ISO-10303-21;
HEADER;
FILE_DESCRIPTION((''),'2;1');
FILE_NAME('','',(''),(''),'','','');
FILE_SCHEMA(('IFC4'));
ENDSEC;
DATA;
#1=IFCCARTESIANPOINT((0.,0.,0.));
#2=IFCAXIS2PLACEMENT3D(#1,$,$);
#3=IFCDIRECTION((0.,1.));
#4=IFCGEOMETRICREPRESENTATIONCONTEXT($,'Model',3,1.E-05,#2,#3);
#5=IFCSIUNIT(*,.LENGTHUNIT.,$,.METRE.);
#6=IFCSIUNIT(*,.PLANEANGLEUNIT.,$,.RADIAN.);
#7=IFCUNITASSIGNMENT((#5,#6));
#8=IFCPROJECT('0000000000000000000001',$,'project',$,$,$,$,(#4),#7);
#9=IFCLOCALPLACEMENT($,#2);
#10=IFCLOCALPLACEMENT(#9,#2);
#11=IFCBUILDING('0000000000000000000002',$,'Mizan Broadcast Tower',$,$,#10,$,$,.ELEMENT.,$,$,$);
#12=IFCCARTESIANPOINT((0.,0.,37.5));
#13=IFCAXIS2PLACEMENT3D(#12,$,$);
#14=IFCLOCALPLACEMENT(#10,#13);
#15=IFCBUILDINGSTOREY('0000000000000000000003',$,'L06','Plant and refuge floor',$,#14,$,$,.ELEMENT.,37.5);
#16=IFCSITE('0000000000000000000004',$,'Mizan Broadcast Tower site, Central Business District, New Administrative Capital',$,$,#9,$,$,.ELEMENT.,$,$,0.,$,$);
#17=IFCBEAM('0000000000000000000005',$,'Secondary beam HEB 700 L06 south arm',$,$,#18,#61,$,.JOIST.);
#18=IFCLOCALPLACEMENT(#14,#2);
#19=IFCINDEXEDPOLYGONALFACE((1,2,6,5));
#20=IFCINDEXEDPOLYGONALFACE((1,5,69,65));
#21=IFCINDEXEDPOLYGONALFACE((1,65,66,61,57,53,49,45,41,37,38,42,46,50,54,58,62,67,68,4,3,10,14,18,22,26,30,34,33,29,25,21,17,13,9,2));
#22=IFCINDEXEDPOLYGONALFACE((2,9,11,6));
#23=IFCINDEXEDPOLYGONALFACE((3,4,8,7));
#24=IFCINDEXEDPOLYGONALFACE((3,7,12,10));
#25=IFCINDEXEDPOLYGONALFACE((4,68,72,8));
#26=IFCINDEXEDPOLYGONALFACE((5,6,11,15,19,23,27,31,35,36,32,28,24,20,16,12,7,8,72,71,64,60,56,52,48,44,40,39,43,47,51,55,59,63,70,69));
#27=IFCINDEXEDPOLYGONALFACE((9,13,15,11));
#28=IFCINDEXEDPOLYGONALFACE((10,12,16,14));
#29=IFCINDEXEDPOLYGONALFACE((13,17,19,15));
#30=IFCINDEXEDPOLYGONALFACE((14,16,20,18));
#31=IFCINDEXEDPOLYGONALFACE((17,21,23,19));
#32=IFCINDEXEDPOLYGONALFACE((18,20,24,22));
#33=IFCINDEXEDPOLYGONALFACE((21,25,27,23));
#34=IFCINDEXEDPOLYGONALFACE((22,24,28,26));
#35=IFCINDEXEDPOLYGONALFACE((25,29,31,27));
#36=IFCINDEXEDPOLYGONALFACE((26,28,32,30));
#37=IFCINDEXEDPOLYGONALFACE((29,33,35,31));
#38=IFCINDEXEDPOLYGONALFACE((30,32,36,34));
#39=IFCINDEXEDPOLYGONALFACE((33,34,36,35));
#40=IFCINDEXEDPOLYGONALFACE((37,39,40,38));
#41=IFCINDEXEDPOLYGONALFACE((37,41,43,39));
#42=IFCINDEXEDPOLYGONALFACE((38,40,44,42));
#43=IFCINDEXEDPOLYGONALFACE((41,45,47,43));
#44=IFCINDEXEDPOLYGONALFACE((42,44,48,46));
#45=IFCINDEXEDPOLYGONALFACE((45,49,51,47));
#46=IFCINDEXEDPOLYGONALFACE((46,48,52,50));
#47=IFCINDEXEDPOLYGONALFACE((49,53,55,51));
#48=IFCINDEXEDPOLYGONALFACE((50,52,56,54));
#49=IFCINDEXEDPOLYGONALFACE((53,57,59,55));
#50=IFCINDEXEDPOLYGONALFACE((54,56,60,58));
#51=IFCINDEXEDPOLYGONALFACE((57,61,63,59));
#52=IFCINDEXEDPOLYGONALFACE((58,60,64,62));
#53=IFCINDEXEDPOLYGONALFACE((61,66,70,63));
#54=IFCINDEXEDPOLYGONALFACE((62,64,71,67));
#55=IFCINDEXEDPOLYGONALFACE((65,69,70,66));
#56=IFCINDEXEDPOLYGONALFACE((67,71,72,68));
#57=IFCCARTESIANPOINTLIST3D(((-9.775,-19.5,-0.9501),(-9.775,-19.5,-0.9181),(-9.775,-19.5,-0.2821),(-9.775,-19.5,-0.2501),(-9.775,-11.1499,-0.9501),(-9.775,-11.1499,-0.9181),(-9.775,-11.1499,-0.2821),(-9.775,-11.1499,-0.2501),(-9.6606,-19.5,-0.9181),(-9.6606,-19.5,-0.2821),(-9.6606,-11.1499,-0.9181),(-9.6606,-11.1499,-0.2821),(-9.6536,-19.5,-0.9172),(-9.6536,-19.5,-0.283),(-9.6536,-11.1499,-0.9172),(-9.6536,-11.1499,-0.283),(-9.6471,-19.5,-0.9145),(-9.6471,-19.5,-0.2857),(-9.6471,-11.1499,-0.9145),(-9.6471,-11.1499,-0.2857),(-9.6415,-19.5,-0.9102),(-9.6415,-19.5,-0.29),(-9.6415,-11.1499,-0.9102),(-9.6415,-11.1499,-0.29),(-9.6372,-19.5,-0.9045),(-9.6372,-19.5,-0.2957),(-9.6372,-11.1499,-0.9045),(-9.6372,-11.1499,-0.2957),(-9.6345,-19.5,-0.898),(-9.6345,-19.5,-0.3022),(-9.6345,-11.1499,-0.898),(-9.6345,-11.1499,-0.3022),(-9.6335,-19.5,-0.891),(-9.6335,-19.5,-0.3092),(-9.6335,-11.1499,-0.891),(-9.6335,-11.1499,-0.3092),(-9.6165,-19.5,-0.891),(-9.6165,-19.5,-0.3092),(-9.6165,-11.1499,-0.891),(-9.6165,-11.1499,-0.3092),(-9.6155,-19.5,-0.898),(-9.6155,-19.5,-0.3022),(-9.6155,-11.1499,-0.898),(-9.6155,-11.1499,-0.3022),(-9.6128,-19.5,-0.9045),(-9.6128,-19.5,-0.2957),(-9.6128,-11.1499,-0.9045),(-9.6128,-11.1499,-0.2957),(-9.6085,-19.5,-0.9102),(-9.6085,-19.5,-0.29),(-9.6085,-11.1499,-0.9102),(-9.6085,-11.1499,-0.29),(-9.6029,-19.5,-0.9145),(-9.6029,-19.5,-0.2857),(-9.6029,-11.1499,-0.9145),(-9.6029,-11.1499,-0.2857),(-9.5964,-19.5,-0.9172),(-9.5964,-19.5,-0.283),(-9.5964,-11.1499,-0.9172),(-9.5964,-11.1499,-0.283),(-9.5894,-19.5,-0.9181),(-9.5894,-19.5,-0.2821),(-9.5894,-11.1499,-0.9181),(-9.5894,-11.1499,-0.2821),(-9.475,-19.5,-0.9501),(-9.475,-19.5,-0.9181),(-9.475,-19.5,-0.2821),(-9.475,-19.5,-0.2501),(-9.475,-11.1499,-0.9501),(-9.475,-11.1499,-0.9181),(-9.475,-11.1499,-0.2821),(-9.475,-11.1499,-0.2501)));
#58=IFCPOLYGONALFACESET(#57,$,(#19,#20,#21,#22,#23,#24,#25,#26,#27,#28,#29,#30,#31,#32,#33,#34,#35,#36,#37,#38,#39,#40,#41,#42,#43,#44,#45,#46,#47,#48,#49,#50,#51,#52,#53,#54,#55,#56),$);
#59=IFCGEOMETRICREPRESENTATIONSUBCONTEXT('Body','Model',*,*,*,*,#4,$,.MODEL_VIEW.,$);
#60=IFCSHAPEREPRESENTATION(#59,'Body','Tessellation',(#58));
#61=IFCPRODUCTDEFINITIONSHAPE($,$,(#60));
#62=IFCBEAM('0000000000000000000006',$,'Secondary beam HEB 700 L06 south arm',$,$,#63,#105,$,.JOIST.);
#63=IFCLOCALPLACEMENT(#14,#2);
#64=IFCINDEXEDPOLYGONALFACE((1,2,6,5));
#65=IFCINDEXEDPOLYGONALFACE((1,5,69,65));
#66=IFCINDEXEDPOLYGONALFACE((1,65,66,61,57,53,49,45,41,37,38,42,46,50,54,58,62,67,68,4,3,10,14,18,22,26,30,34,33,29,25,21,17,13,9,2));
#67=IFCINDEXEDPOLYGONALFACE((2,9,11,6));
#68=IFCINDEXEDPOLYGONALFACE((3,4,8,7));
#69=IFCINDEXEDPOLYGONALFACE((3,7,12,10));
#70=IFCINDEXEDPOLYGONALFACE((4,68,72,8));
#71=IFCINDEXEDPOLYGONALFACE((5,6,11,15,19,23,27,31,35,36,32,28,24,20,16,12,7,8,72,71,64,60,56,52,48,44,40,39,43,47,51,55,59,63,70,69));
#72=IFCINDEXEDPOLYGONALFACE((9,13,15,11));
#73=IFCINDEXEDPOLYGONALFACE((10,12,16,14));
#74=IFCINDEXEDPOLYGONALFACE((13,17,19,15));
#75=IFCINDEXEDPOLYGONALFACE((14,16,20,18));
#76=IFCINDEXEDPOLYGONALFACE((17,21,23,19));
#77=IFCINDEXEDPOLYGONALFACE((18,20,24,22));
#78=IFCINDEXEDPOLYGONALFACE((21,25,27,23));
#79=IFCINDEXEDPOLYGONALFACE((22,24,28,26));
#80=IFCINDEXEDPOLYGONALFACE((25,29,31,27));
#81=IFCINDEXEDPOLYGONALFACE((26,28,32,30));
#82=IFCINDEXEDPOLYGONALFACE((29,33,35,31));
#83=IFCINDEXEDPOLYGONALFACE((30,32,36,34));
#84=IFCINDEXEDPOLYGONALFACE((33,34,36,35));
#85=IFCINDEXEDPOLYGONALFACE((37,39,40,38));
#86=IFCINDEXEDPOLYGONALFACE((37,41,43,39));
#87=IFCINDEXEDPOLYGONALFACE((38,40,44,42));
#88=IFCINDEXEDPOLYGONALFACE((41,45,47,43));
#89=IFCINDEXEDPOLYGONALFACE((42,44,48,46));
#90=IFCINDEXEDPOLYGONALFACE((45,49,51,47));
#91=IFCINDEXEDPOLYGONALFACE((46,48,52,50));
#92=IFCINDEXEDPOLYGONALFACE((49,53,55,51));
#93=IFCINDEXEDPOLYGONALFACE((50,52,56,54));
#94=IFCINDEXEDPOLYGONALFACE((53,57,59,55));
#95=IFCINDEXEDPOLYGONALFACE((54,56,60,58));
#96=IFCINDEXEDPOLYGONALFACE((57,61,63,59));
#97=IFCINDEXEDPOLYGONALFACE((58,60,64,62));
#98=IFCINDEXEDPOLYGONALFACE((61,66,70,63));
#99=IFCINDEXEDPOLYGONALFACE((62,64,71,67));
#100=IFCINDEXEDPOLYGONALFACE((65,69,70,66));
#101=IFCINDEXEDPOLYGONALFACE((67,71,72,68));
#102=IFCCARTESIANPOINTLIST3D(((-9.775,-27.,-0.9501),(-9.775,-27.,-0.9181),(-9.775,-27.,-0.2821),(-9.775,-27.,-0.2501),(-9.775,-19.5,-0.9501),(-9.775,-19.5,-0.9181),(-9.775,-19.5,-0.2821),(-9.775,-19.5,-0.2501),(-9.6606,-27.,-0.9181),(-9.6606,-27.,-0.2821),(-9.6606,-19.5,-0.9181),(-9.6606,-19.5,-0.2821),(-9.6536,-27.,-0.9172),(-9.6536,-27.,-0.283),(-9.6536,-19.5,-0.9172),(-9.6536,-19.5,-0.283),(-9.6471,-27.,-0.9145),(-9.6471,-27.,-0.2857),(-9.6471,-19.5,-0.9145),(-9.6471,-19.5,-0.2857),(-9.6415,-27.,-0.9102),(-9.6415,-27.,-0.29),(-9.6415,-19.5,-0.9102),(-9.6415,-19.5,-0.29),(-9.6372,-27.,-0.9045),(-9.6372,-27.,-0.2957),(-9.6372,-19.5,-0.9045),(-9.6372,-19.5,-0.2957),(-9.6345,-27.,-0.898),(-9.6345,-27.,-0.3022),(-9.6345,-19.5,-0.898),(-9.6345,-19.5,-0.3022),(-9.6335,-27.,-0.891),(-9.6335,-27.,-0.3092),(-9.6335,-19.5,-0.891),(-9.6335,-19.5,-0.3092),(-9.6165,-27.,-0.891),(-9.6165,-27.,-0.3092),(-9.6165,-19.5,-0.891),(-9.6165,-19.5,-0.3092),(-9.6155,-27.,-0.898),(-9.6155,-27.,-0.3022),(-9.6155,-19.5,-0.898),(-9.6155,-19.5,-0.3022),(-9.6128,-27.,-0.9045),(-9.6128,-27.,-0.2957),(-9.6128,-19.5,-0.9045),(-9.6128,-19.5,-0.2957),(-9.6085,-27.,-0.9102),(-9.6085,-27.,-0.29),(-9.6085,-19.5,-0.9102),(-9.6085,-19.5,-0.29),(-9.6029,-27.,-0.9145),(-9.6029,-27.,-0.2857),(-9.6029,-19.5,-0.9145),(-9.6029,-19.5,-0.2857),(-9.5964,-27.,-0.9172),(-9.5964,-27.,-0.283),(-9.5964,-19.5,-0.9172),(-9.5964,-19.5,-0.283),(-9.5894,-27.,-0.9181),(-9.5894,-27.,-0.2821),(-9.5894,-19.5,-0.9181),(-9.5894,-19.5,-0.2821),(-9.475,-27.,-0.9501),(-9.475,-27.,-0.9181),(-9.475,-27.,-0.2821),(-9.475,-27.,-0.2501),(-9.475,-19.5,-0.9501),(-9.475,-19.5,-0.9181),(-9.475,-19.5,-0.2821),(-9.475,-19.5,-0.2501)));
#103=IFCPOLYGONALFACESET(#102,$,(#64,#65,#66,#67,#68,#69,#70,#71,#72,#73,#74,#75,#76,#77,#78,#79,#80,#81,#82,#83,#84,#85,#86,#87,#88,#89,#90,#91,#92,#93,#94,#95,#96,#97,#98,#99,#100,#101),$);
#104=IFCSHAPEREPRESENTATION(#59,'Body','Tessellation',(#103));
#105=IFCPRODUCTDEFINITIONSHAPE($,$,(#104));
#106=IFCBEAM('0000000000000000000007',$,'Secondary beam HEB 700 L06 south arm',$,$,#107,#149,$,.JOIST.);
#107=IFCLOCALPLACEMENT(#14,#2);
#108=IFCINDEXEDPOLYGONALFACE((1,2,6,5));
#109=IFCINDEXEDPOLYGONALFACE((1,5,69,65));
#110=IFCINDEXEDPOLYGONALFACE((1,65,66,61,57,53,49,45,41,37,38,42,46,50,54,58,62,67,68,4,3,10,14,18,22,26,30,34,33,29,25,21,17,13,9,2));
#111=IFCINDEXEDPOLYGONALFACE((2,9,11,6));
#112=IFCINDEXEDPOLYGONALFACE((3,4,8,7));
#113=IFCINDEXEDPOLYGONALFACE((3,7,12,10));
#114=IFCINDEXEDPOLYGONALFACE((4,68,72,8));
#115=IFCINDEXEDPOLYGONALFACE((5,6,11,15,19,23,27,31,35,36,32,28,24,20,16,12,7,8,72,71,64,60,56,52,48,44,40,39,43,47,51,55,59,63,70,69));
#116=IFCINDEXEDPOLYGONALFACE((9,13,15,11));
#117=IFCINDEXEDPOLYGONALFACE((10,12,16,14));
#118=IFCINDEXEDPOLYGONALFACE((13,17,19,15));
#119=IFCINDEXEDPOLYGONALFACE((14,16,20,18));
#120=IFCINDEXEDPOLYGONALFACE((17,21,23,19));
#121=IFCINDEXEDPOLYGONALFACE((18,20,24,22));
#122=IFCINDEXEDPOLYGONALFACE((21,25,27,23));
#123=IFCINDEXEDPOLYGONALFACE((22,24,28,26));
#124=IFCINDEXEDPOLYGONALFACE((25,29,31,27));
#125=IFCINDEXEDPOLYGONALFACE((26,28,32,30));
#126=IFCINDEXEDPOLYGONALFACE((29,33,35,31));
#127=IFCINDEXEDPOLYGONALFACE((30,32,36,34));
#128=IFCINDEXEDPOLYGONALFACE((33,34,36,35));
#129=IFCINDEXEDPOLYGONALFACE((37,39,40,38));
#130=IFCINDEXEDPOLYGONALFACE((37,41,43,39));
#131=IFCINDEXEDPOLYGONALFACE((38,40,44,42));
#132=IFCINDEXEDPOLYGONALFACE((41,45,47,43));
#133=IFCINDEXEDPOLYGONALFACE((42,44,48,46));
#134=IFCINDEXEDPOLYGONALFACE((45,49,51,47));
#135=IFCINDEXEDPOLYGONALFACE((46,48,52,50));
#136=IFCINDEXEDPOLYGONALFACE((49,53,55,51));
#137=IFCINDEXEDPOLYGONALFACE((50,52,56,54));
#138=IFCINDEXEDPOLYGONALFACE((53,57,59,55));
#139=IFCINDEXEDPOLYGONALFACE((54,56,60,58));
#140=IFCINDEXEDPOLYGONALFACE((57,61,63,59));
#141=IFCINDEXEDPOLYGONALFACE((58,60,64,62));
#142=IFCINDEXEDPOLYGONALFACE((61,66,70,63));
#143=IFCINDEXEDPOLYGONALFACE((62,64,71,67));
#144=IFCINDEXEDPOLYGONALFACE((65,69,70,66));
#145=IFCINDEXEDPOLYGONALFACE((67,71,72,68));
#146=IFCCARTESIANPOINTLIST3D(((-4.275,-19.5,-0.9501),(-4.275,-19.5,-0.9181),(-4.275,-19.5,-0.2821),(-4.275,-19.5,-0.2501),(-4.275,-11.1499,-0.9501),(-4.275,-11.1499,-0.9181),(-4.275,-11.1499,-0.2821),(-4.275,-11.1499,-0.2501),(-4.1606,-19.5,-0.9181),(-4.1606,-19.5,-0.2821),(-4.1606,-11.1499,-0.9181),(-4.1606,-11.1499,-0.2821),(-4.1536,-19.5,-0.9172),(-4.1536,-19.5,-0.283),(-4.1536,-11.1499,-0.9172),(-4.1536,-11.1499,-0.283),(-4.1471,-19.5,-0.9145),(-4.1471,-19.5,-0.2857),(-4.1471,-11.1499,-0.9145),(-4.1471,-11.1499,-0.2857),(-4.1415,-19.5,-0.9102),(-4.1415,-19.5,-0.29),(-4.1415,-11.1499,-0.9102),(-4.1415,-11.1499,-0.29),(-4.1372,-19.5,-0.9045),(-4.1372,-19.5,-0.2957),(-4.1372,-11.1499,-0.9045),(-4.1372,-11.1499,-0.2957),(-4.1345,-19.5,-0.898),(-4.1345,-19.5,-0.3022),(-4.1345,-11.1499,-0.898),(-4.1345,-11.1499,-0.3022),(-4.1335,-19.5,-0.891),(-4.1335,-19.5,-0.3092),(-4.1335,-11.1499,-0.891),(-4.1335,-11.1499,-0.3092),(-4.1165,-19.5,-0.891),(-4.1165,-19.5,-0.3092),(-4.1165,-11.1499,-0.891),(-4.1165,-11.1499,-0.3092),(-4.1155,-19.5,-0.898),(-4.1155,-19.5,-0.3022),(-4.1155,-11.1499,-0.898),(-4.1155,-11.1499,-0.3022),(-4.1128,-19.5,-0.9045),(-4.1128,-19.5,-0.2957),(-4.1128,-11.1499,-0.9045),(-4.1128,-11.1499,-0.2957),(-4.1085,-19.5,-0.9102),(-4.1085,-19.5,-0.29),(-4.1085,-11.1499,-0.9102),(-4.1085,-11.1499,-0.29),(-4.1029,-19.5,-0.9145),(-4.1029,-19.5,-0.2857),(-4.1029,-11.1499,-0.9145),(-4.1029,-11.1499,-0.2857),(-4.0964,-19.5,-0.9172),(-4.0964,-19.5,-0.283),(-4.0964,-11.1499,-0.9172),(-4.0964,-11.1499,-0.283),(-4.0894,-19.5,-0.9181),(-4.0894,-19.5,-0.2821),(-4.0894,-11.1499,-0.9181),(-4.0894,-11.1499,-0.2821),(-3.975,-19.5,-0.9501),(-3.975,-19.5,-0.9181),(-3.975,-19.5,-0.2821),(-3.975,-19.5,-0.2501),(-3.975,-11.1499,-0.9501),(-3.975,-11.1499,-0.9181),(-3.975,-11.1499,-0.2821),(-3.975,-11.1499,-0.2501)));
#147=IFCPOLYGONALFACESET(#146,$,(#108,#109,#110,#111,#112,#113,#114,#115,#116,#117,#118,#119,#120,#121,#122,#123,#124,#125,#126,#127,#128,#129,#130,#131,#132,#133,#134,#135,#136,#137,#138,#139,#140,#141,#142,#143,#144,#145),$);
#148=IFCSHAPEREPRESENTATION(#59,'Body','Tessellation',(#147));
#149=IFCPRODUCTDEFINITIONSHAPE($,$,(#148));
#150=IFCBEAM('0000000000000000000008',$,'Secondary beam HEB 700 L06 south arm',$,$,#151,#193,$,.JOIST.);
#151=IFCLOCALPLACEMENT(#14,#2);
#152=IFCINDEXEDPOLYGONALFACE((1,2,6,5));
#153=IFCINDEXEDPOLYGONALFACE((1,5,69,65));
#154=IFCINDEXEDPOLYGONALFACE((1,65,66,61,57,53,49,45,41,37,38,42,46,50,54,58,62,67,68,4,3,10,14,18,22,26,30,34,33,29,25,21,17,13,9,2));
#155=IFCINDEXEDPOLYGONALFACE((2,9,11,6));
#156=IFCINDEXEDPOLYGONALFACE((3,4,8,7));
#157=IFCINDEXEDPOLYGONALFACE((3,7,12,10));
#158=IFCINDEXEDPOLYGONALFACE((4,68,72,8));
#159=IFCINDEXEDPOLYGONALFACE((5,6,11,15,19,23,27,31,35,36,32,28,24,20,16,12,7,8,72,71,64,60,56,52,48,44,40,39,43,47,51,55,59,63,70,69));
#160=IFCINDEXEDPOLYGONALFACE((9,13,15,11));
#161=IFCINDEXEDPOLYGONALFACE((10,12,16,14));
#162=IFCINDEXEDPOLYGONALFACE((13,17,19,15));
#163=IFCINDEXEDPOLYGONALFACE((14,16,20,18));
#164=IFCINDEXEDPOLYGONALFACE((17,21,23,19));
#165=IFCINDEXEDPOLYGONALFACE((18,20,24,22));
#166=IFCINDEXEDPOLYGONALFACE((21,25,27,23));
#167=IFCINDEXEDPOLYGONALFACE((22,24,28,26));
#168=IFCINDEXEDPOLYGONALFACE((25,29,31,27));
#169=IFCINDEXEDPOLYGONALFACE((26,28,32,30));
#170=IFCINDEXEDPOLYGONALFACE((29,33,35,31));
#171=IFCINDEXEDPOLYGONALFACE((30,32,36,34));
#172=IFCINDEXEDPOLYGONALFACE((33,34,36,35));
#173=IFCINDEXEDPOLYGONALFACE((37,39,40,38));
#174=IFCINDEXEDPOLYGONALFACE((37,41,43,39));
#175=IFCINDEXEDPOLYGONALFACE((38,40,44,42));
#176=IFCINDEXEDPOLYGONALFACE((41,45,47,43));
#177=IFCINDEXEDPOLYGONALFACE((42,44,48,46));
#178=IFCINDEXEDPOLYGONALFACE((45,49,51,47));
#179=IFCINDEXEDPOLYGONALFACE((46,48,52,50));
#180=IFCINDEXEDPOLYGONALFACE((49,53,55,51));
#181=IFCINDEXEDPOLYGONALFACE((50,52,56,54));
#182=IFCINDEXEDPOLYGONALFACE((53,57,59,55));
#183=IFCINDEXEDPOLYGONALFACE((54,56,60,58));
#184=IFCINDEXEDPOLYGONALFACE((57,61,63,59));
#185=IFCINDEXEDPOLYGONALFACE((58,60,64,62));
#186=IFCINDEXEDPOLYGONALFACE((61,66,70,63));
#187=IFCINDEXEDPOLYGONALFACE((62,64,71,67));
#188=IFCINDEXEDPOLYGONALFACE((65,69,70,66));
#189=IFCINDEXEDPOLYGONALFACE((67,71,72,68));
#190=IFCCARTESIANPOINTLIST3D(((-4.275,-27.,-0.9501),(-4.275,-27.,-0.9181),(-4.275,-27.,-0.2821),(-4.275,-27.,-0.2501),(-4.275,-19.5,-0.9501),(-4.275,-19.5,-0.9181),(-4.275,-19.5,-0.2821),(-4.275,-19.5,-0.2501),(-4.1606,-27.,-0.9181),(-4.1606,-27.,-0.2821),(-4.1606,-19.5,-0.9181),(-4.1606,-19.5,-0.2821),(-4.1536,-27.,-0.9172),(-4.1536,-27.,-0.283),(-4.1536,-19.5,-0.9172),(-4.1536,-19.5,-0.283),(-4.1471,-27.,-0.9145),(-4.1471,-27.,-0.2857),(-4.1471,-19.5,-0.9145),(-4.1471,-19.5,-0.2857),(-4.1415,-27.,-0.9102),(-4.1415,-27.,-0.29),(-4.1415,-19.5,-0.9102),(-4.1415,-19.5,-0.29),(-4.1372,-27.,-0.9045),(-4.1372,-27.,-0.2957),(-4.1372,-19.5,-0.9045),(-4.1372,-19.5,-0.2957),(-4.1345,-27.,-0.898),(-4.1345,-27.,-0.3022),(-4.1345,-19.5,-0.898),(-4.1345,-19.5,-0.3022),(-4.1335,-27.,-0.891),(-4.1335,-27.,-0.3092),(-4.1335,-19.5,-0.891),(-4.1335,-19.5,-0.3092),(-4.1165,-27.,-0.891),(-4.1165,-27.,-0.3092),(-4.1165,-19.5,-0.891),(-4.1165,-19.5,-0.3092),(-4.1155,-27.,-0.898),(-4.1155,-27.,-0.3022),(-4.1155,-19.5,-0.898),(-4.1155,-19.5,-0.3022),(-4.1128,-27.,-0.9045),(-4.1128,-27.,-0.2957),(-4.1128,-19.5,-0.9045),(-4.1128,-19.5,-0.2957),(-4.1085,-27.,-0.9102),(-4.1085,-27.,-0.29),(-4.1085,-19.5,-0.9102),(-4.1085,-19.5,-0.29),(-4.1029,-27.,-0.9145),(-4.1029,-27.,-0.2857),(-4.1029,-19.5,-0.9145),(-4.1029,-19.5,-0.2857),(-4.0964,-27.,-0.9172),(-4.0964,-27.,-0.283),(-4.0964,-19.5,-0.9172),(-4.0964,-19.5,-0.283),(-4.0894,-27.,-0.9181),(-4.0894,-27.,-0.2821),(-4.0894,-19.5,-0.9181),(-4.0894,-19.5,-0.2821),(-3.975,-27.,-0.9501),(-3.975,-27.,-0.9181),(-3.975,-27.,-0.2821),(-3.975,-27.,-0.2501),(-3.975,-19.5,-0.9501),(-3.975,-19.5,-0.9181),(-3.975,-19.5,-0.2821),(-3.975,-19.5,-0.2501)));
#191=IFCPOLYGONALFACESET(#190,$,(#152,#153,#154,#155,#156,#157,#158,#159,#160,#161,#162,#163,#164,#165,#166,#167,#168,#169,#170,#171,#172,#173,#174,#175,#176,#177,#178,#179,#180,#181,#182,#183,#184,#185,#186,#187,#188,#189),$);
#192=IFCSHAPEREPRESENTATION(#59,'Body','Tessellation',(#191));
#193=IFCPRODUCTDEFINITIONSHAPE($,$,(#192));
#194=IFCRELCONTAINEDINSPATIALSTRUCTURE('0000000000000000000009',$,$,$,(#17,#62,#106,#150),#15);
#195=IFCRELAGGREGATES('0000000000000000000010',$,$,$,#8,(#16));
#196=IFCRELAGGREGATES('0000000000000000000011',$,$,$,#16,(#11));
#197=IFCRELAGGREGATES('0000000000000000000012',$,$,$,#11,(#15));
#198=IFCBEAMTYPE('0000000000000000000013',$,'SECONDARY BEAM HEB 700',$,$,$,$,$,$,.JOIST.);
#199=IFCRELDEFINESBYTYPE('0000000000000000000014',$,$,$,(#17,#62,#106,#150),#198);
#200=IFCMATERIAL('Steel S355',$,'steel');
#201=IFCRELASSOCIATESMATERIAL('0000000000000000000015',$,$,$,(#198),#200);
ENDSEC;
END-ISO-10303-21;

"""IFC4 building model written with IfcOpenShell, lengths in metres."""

from ifc_helpers import new_model, si_unit, direction, frame, origin, origin_2d, place, context, subcontext, project, spatial, i_section, extrude, material, material_profile, profile_set, type_object, element, save


model = new_model("IFC4")

# Units and contexts
model_context = context("Model", 3, precision=1e-05, world=origin(), true_north=direction((0.0, 1.0)))
body_context = subcontext(model_context, "Body", "Model", "MODEL_VIEW")
ifc_project = project(units=[si_unit("LENGTHUNIT", "METRE"), si_unit("PLANEANGLEUNIT", "RADIAN")], contexts=[model_context])

# Site, building, storey
site_placement = place(None, origin())
site = spatial("IfcSite", under=ifc_project, at=site_placement, Name="Mizan Broadcast Tower site, Central Business District, New Administrative Capital", CompositionType="ELEMENT", RefElevation=0.0)
building_placement = place(site_placement, origin())
building = spatial("IfcBuilding", under=site, at=building_placement, Name="Mizan Broadcast Tower", CompositionType="ELEMENT")
storey_placement = place(building_placement, frame((0.0, 0.0, 37.5)))
storey = spatial("IfcBuildingStorey", under=building, at=storey_placement, Name="L06", Description="Plant and refuge floor", CompositionType="ELEMENT", Elevation=37.5)

# Beams
ifc_material_1 = material(Name="Steel S355", Category="steel")
ifc_material_profile_1 = material_profile(ifc_material_1, i_section(OverallWidth=0.3, OverallDepth=0.7, WebThickness=0.0171, FlangeThickness=0.032, FilletRadius=0.0271, at=origin_2d()), Name="HEB 700")
ifc_profile_set_1 = profile_set([ifc_material_profile_1], Name="Steel S355")
beam_type_1 = type_object("IfcBeamType", Name="SECONDARY BEAM HEB 700", PredefinedType="JOIST", material=ifc_profile_set_1)
beam_1_placement = place(storey_placement, frame((-9.625, -11.1499, -0.6001), z_axis=(0.0, -1.0, 0.0), x_axis=(1.0, 0.0, 0.0)))
element("IfcBeam", 1, at=beam_1_placement, inside=storey, type_object=beam_type_1, Name="Secondary beam HEB 700 L06 south arm", PredefinedType="JOIST", context=body_context, shape_type="SweptSolid", body=[
    extrude(i_section(OverallWidth=0.3, OverallDepth=0.7, WebThickness=0.0171, FlangeThickness=0.032, FilletRadius=0.0271, at=origin_2d()), origin(), (0.0, 0.0, 1.0), 8.3501),
])
beam_2_placement = place(storey_placement, frame((-9.625, -19.5, -0.6001), z_axis=(0.0, -1.0, 0.0), x_axis=(1.0, 0.0, 0.0)))
element("IfcBeam", 2, at=beam_2_placement, inside=storey, type_object=beam_type_1, Name="Secondary beam HEB 700 L06 south arm", PredefinedType="JOIST", context=body_context, shape_type="SweptSolid", body=[
    extrude(i_section(OverallWidth=0.3, OverallDepth=0.7, WebThickness=0.0171, FlangeThickness=0.032, FilletRadius=0.0271, at=origin_2d()), origin(), (0.0, 0.0, 1.0), 7.5),
])
beam_3_placement = place(storey_placement, frame((-4.125, -11.1499, -0.6001), z_axis=(0.0, -1.0, 0.0), x_axis=(1.0, 0.0, 0.0)))
element("IfcBeam", 3, at=beam_3_placement, inside=storey, type_object=beam_type_1, Name="Secondary beam HEB 700 L06 south arm", PredefinedType="JOIST", context=body_context, shape_type="SweptSolid", body=[
    extrude(i_section(OverallWidth=0.3, OverallDepth=0.7, WebThickness=0.0171, FlangeThickness=0.032, FilletRadius=0.0271, at=origin_2d()), origin(), (0.0, 0.0, 1.0), 8.3501),
])
beam_4_placement = place(storey_placement, frame((-4.125, -19.5, -0.6001), z_axis=(0.0, -1.0, 0.0), x_axis=(1.0, 0.0, 0.0)))
element("IfcBeam", 4, at=beam_4_placement, inside=storey, type_object=beam_type_1, Name="Secondary beam HEB 700 L06 south arm", PredefinedType="JOIST", context=body_context, shape_type="SweptSolid", body=[
    extrude(i_section(OverallWidth=0.3, OverallDepth=0.7, WebThickness=0.0171, FlangeThickness=0.032, FilletRadius=0.0271, at=origin_2d()), origin(), (0.0, 0.0, 1.0), 7.5),
])

save(model, "model.ifc")
